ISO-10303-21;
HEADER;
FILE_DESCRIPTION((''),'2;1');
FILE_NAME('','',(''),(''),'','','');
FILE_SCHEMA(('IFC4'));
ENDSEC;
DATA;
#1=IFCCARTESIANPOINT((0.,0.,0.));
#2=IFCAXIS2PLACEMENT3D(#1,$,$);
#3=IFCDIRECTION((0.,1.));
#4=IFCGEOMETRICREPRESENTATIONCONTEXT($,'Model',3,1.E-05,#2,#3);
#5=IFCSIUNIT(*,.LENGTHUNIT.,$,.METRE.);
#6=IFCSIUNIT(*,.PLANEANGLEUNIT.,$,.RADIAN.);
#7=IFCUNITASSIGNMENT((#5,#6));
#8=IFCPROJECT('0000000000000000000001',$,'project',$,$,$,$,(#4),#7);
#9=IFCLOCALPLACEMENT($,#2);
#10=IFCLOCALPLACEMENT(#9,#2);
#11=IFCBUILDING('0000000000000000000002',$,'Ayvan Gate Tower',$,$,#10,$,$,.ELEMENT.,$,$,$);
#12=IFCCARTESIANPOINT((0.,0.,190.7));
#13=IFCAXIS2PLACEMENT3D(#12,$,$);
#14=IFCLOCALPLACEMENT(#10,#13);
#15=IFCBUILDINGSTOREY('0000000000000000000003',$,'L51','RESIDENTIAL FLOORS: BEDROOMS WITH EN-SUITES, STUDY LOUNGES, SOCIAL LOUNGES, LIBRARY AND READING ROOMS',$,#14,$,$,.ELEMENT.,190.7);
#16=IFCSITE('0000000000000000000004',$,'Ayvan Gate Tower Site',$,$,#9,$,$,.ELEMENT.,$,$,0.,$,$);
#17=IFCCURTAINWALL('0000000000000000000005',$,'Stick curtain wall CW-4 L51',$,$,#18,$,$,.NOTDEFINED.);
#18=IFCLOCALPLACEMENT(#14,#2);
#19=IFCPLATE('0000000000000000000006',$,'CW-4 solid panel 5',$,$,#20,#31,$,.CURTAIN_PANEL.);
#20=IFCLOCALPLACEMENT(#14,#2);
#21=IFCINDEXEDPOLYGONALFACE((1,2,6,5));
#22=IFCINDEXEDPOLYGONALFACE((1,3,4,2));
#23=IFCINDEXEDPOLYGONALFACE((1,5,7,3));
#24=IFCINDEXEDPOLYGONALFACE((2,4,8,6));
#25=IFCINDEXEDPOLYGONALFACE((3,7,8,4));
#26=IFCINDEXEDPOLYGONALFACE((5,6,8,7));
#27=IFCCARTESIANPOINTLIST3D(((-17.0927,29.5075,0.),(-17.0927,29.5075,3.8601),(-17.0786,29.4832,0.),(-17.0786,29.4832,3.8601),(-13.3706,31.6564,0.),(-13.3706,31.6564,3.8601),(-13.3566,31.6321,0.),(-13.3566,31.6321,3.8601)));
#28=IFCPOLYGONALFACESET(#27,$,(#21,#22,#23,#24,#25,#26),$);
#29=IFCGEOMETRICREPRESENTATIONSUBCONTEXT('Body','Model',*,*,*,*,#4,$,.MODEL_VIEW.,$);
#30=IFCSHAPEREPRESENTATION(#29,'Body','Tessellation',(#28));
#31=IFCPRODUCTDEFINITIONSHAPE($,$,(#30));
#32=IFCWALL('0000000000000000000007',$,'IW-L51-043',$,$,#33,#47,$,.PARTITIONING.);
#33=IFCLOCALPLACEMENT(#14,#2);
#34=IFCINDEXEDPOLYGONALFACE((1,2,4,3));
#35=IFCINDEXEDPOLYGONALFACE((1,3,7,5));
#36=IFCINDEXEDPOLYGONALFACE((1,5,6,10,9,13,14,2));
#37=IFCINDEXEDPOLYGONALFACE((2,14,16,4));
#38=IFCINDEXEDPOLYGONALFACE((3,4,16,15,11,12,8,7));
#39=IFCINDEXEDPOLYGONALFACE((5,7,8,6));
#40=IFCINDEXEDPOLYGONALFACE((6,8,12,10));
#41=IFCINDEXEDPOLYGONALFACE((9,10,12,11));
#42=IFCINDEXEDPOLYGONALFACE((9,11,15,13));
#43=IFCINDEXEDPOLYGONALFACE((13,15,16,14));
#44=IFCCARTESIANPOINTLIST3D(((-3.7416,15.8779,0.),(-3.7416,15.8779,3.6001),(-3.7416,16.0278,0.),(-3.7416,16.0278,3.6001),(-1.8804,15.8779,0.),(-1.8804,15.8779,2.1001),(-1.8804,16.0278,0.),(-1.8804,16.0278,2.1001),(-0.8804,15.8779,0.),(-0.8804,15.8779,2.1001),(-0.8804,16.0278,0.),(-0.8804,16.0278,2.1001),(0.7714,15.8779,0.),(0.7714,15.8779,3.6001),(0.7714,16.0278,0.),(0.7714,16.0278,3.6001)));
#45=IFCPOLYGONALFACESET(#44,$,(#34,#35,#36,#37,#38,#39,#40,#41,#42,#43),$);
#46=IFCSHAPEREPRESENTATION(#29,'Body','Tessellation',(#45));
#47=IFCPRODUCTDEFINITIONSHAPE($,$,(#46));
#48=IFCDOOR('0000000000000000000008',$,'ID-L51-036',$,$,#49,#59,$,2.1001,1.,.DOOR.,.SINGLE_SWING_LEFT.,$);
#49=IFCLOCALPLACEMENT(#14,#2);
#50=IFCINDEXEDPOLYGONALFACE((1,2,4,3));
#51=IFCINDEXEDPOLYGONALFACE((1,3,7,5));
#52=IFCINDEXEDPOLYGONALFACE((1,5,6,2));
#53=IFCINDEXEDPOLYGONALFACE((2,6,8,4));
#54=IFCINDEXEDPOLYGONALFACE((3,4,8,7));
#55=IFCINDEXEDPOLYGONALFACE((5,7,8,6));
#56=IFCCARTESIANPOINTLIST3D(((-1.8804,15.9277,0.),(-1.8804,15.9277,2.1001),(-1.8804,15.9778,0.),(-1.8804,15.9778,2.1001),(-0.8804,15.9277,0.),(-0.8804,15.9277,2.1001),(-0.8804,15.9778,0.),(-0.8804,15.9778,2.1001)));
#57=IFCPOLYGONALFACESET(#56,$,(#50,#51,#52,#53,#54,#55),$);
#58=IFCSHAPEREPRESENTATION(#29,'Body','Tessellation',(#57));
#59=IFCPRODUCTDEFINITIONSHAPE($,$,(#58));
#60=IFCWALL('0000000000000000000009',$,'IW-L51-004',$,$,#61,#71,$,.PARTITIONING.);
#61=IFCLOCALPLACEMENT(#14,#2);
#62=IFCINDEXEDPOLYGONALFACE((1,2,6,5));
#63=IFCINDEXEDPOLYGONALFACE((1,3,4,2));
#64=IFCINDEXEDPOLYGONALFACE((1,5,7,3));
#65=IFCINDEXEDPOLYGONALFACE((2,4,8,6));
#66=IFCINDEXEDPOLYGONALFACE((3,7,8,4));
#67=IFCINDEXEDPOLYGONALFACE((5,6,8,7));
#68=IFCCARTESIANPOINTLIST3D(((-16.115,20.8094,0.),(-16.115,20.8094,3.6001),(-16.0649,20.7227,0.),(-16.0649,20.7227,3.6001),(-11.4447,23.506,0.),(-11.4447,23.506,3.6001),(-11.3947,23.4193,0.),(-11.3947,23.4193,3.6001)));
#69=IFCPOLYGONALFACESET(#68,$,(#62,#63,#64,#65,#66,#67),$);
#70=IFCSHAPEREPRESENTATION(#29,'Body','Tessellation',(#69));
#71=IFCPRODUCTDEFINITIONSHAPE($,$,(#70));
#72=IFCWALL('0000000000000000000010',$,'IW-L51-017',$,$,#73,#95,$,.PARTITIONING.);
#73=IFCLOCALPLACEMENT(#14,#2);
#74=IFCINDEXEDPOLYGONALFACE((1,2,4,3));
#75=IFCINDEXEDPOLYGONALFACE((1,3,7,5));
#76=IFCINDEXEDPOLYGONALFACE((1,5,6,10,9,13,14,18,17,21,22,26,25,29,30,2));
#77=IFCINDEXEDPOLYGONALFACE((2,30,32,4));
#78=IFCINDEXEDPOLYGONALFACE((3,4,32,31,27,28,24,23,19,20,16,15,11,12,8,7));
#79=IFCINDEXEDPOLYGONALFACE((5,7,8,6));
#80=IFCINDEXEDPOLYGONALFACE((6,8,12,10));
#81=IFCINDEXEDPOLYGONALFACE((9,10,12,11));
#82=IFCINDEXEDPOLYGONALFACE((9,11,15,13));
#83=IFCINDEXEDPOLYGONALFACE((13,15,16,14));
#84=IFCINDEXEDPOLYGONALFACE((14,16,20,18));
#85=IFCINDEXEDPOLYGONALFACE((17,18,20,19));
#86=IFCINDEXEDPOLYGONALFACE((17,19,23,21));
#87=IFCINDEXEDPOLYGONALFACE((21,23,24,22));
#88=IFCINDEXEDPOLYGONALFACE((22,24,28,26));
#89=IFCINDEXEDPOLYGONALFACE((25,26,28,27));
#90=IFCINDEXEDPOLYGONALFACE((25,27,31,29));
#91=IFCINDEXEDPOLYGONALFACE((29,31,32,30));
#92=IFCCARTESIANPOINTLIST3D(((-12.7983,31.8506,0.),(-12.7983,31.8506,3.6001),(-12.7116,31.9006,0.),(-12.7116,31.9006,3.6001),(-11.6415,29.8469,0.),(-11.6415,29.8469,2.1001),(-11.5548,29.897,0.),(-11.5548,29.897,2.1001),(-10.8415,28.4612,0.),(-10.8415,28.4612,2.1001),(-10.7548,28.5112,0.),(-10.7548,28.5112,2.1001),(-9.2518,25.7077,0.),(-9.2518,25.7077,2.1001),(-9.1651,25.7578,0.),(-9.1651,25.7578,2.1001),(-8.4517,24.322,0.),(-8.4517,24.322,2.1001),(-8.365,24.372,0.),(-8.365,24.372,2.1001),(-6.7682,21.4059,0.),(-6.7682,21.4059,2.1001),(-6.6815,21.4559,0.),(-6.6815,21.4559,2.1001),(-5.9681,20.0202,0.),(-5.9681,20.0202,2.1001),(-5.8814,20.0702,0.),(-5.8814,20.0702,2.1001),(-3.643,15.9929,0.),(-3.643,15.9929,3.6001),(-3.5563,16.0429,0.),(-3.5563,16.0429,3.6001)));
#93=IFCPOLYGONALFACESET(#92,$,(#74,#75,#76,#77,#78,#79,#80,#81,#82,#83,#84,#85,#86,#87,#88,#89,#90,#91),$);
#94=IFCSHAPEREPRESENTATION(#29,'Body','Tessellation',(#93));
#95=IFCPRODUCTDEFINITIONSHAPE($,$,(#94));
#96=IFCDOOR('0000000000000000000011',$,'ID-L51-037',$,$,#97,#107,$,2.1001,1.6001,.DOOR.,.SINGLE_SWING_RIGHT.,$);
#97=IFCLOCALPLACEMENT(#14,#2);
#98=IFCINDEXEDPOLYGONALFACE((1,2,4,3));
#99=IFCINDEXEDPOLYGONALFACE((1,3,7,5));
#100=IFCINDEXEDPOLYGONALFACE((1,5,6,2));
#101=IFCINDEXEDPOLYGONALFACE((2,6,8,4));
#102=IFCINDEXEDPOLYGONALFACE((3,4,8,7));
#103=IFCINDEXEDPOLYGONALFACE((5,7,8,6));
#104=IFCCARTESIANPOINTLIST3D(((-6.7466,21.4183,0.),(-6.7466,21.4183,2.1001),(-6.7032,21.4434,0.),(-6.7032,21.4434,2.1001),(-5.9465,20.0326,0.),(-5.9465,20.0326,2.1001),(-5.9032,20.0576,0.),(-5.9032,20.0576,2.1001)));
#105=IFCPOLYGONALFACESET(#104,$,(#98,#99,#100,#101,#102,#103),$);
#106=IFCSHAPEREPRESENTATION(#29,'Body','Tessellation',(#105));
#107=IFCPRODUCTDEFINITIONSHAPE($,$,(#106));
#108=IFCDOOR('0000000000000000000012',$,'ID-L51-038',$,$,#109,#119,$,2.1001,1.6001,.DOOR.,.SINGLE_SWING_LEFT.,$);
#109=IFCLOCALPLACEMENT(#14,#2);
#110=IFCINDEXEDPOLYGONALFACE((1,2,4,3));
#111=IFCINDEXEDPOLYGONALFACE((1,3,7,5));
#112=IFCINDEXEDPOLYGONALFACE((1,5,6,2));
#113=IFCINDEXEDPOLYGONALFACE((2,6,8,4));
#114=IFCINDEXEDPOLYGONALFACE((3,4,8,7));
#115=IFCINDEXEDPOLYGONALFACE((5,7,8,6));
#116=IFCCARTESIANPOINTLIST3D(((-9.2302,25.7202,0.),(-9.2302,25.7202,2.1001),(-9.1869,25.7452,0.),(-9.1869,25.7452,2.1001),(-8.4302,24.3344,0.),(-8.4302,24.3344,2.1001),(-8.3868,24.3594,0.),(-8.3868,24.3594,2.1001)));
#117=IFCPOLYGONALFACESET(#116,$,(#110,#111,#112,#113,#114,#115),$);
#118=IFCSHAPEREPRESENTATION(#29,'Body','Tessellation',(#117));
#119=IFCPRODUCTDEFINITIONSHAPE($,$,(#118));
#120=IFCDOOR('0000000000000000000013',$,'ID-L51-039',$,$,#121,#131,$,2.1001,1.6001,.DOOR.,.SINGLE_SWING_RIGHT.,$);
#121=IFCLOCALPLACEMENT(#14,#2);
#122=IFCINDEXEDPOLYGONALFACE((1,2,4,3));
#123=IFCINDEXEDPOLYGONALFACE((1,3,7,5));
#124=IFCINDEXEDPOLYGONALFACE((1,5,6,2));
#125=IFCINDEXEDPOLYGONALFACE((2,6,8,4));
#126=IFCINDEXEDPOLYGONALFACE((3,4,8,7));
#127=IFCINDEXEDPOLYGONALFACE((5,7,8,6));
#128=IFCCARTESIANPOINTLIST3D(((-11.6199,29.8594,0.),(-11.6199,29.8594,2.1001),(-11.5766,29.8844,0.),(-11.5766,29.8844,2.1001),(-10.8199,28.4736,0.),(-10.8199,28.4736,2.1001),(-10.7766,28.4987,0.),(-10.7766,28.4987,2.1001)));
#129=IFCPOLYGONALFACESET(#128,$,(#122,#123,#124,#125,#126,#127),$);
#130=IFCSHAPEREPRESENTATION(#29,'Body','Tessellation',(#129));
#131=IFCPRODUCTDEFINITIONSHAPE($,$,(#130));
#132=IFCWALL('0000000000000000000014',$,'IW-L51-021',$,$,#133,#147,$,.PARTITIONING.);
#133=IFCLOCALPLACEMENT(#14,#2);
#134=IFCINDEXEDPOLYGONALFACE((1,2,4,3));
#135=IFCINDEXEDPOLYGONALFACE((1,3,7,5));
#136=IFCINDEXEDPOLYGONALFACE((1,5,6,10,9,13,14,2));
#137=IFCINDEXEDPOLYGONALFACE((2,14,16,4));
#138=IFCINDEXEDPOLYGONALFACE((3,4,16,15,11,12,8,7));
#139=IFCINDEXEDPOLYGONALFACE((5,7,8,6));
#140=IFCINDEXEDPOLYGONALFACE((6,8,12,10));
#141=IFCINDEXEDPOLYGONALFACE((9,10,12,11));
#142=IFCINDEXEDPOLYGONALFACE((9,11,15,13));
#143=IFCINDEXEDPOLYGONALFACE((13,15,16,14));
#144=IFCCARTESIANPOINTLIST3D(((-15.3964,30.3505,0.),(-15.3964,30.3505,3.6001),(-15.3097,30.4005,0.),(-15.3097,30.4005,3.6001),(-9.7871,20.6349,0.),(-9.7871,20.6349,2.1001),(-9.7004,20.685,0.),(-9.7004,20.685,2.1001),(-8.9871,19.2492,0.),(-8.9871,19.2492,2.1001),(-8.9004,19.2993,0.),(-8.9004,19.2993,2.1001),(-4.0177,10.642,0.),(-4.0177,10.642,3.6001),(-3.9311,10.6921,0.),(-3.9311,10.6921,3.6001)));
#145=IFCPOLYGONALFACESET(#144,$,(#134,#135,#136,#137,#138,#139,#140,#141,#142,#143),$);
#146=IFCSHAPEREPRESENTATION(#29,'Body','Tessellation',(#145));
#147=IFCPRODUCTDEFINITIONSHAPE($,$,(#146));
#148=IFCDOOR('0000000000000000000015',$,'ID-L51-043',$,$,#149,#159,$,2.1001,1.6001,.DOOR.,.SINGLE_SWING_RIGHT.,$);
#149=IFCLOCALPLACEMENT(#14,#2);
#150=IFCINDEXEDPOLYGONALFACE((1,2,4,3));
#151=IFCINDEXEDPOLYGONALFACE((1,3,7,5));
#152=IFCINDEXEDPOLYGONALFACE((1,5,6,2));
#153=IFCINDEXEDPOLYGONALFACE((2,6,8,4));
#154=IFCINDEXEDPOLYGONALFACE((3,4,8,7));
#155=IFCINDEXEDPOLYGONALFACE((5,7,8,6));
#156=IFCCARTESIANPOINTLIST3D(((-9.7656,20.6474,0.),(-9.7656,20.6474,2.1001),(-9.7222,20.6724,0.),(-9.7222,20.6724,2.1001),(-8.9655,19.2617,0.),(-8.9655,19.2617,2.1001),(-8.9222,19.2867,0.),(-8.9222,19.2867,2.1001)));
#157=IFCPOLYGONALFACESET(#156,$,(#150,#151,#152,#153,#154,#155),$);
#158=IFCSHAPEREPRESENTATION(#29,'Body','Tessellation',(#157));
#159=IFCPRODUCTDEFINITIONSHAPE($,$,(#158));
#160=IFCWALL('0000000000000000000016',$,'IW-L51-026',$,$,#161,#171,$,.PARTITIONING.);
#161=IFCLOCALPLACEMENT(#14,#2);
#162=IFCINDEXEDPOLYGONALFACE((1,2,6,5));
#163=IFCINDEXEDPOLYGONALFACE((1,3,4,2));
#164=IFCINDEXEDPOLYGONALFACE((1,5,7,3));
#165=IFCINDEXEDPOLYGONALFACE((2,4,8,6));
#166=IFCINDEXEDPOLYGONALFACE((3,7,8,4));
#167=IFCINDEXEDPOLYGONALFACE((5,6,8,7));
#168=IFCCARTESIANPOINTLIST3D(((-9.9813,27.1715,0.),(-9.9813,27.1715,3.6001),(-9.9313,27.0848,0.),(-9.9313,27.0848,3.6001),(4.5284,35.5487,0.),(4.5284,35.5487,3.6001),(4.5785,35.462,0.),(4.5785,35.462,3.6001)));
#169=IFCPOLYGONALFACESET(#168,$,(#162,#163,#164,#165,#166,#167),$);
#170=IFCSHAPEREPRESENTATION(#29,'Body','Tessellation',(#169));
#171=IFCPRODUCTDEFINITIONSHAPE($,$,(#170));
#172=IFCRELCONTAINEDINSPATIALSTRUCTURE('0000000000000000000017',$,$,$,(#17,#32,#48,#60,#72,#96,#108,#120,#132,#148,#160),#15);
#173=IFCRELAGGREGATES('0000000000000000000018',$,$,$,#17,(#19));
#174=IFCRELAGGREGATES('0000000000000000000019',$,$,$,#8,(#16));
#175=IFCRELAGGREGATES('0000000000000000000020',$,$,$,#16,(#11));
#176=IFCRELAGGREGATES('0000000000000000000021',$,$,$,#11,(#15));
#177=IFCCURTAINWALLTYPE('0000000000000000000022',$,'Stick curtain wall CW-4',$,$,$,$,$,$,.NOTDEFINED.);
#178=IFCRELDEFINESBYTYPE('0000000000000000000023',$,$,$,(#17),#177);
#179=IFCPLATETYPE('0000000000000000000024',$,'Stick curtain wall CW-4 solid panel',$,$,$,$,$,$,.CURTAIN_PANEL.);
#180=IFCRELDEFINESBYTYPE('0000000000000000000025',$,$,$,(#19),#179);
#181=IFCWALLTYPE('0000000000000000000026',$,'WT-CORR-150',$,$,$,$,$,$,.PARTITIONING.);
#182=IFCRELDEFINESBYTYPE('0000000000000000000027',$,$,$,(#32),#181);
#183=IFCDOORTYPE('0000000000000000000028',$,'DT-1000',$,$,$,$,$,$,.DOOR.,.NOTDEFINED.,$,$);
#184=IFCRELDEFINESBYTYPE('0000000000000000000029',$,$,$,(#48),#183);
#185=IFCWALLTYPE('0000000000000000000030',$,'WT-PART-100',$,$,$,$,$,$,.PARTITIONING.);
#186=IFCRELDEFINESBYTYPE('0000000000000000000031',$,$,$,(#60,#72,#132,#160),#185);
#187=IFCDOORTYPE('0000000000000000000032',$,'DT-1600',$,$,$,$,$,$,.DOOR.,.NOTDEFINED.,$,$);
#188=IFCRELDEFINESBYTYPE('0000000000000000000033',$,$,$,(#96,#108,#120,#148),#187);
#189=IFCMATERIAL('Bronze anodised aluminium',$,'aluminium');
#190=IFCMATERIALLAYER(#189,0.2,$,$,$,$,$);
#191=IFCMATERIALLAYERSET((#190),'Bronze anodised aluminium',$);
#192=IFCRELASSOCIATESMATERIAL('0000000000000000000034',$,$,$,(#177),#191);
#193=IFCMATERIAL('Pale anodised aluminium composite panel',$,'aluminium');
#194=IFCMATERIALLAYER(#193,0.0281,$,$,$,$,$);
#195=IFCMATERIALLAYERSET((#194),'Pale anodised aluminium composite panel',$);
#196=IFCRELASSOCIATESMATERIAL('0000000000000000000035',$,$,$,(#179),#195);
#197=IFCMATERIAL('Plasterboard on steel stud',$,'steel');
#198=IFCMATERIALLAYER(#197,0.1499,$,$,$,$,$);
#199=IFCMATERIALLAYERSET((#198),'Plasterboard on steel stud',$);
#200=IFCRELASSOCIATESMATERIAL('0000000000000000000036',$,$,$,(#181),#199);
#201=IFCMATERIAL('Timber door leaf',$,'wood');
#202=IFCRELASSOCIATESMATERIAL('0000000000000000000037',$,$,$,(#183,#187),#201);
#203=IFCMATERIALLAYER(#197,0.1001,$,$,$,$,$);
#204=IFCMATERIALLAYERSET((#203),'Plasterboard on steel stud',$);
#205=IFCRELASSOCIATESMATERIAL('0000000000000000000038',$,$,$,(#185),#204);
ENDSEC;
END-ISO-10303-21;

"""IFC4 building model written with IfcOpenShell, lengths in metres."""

from ifc_helpers import new_model, si_unit, direction, frame, frame_2d, origin, origin_2d, place, context, subcontext, project, spatial, rectangle, extrude, material, layer, layer_set, type_object, element, fill, aggregate, save


model = new_model("IFC4")

# Units and contexts
model_context = context("Model", 3, precision=1e-05, world=origin(), true_north=direction((0.0, 1.0)))
body_context = subcontext(model_context, "Body", "Model", "MODEL_VIEW")
ifc_project = project(units=[si_unit("LENGTHUNIT", "METRE"), si_unit("PLANEANGLEUNIT", "RADIAN")], contexts=[model_context])

# Site, building, storey
site_placement = place(None, origin())
site = spatial("IfcSite", under=ifc_project, at=site_placement, Name="Ayvan Gate Tower Site", CompositionType="ELEMENT", RefElevation=0.0)
building_placement = place(site_placement, origin())
building = spatial("IfcBuilding", under=site, at=building_placement, Name="Ayvan Gate Tower", CompositionType="ELEMENT")
storey_placement = place(building_placement, frame((0.0, 0.0, 190.7)))
storey = spatial("IfcBuildingStorey", under=building, at=storey_placement, Name="L51", Description="RESIDENTIAL FLOORS: BEDROOMS WITH EN-SUITES, STUDY LOUNGES, SOCIAL LOUNGES, LIBRARY AND READING ROOMS", CompositionType="ELEMENT", Elevation=190.7)

# Curtain wall, plate
ifc_material_1 = material(Name="Bronze anodised aluminium", Category="aluminium")
ifc_layer_1 = layer(ifc_material_1, 0.2)
ifc_layer_set_1 = layer_set([ifc_layer_1], Name="Bronze anodised aluminium")
curtain_wall_type = type_object("IfcCurtainWallType", Name="Stick curtain wall CW-4", PredefinedType="NOTDEFINED", material=ifc_layer_set_1)
curtain_wall_placement = place(storey_placement, origin())
curtain_wall = element("IfcCurtainWall", 1, at=curtain_wall_placement, inside=storey, type_object=curtain_wall_type, Name="Stick curtain wall CW-4 L51", PredefinedType="NOTDEFINED")
ifc_material_2 = material(Name="Pale anodised aluminium composite panel", Category="aluminium")
ifc_layer_2 = layer(ifc_material_2, 0.0281)
ifc_layer_set_2 = layer_set([ifc_layer_2], Name="Pale anodised aluminium composite panel")
plate_type = type_object("IfcPlateType", Name="Stick curtain wall CW-4 solid panel", PredefinedType="CURTAIN_PANEL", material=ifc_layer_set_2)
plate_1_placement = place(storey_placement, frame((-15.2246, 30.5698, 0.0), z_axis=(0.0, 0.0, 1.0), x_axis=(-0.866025, -0.5, 0.0)))
plate_1 = element("IfcPlate", 2, at=plate_1_placement, type_object=plate_type, Name="CW-4 solid panel 5", PredefinedType="CURTAIN_PANEL", context=body_context, shape_type="SweptSolid", body=[
    extrude(rectangle(XDim=4.2979, YDim=0.0281, at=origin_2d()), origin(), (0.0, 0.0, 1.0), 3.8601),
])
aggregate(curtain_wall, [plate_1])

# Wall, opening, door
ifc_material_3 = material(Name="Plasterboard on steel stud", Category="steel")
ifc_layer_3 = layer(ifc_material_3, 0.1499)
ifc_layer_set_3 = layer_set([ifc_layer_3], Name="Plasterboard on steel stud")
wall_type_1 = type_object("IfcWallType", Name="WT-CORR-150", PredefinedType="PARTITIONING", material=ifc_layer_set_3)
wall_1_placement = place(storey_placement, frame((-3.7415, 15.9529, 0.0), z_axis=(0.0, 0.0, 1.0), x_axis=(1.0, 0.0, 0.0)))
wall_1 = element("IfcWall", 3, at=wall_1_placement, inside=storey, type_object=wall_type_1, Name="IW-L51-043", PredefinedType="PARTITIONING", context=body_context, shape_type="SweptSolid", body=[
    extrude(rectangle(XDim=4.5129, YDim=0.1499, at=frame_2d((2.2563, 0.0))), origin(), (0.0, 0.0, 1.0), 3.6001),
])
opening_1_placement = place(wall_1_placement, frame((1.8611, 0.0, 0.0)))
opening_1 = element("IfcOpeningElement", 4, at=opening_1_placement, cuts=wall_1, PredefinedType="OPENING", context=body_context, shape_type="SweptSolid", body=[
    extrude(rectangle(XDim=1.0, YDim=2.1001, at=frame_2d((0.5, 1.05))), frame((0.0, 0.085, 0.0), z_axis=(0.0, -1.0, 0.0), x_axis=(1.0, 0.0, 0.0)), (0.0, 0.0, 1.0), 0.1699),
])
ifc_material_4 = material(Name="Timber door leaf", Category="wood")
door_type_1 = type_object("IfcDoorType", Name="DT-1000", OperationType="NOTDEFINED", PredefinedType="DOOR", material=ifc_material_4)
door_1_placement = place(opening_1_placement, origin())
door_1 = element("IfcDoor", 5, at=door_1_placement, inside=storey, type_object=door_type_1, Name="ID-L51-036", OperationType="SINGLE_SWING_LEFT", OverallHeight=2.1001, OverallWidth=1.0, PredefinedType="DOOR", context=body_context, shape_type="SweptSolid", body=[
    extrude(rectangle(XDim=1.0, YDim=2.1001, at=frame_2d((0.5, 1.05))), frame((0.0, 0.0249, 0.0), z_axis=(0.0, -1.0, 0.0), x_axis=(1.0, 0.0, 0.0)), (0.0, 0.0, 1.0), 0.05),
])
fill(opening_1, door_1)

# Wall
ifc_layer_4 = layer(ifc_material_3, 0.1001)
ifc_layer_set_4 = layer_set([ifc_layer_4], Name="Plasterboard on steel stud")
wall_type_2 = type_object("IfcWallType", Name="WT-PART-100", PredefinedType="PARTITIONING", material=ifc_layer_set_4)
wall_2_placement = place(storey_placement, frame((-16.0898, 20.7661, 0.0), z_axis=(0.0, 0.0, 1.0), x_axis=(0.866008, 0.500029, 0.0)))
element("IfcWall", 6, at=wall_2_placement, inside=storey, type_object=wall_type_2, Name="IW-L51-004", PredefinedType="PARTITIONING", context=body_context, shape_type="SweptSolid", body=[
    extrude(rectangle(XDim=5.3928, YDim=0.1001, at=frame_2d((2.6963, 0.0))), origin(), (0.0, 0.0, 1.0), 3.6001),
])

# Wall, openings, doors
wall_3_placement = place(storey_placement, frame((-12.7549, 31.8755, 0.0), z_axis=(0.0, 0.0, 1.0), x_axis=(0.499994, -0.866029, 0.0)))
wall_3 = element("IfcWall", 7, at=wall_3_placement, inside=storey, type_object=wall_type_2, Name="IW-L51-017", PredefinedType="PARTITIONING", context=body_context, shape_type="SweptSolid", body=[
    extrude(rectangle(XDim=18.3108, YDim=0.1001, at=frame_2d((9.1553, 0.0))), origin(), (0.0, 0.0, 1.0), 3.6001),
])
opening_2_placement = place(wall_3_placement, frame((12.0603, 0.0, 0.0)))
opening_2 = element("IfcOpeningElement", 8, at=opening_2_placement, cuts=wall_3, PredefinedType="OPENING", context=body_context, shape_type="SweptSolid", body=[
    extrude(rectangle(XDim=1.6001, YDim=2.1001, at=frame_2d((0.8, 1.05))), frame((0.0, 0.0601, 0.0), z_axis=(0.0, -1.0, 0.0), x_axis=(1.0, 0.0, 0.0)), (0.0, 0.0, 1.0), 0.1201),
])
opening_3_placement = place(wall_3_placement, frame((7.093, 0.0, 0.0)))
opening_3 = element("IfcOpeningElement", 9, at=opening_3_placement, cuts=wall_3, PredefinedType="OPENING", context=body_context, shape_type="SweptSolid", body=[
    extrude(rectangle(XDim=1.6001, YDim=2.1001, at=frame_2d((0.8, 1.05))), frame((0.0, 0.0601, 0.0), z_axis=(0.0, -1.0, 0.0), x_axis=(1.0, 0.0, 0.0)), (0.0, 0.0, 1.0), 0.1201),
])
opening_4_placement = place(wall_3_placement, frame((2.3135, 0.0, 0.0)))
opening_4 = element("IfcOpeningElement", 10, at=opening_4_placement, cuts=wall_3, PredefinedType="OPENING", context=body_context, shape_type="SweptSolid", body=[
    extrude(rectangle(XDim=1.6001, YDim=2.1001, at=frame_2d((0.8, 1.05))), frame((0.0, 0.0601, 0.0), z_axis=(0.0, -1.0, 0.0), x_axis=(1.0, 0.0, 0.0)), (0.0, 0.0, 1.0), 0.1201),
])
door_type_2 = type_object("IfcDoorType", Name="DT-1600", OperationType="NOTDEFINED", PredefinedType="DOOR", material=ifc_material_4)
door_2_placement = place(opening_2_placement, origin())
door_2 = element("IfcDoor", 11, at=door_2_placement, inside=storey, type_object=door_type_2, Name="ID-L51-037", OperationType="SINGLE_SWING_RIGHT", OverallHeight=2.1001, OverallWidth=1.6001, PredefinedType="DOOR", context=body_context, shape_type="SweptSolid", body=[
    extrude(rectangle(XDim=1.6001, YDim=2.1001, at=frame_2d((0.8, 1.05))), frame((0.0, 0.0249, 0.0), z_axis=(0.0, -1.0, 0.0), x_axis=(1.0, 0.0, 0.0)), (0.0, 0.0, 1.0), 0.05),
])
fill(opening_2, door_2)
door_3_placement = place(opening_3_placement, origin())
door_3 = element("IfcDoor", 12, at=door_3_placement, inside=storey, type_object=door_type_2, Name="ID-L51-038", OperationType="SINGLE_SWING_LEFT", OverallHeight=2.1001, OverallWidth=1.6001, PredefinedType="DOOR", context=body_context, shape_type="SweptSolid", body=[
    extrude(rectangle(XDim=1.6001, YDim=2.1001, at=frame_2d((0.8, 1.05))), frame((0.0, 0.0249, 0.0), z_axis=(0.0, -1.0, 0.0), x_axis=(1.0, 0.0, 0.0)), (0.0, 0.0, 1.0), 0.05),
])
fill(opening_3, door_3)
door_4_placement = place(opening_4_placement, origin())
door_4 = element("IfcDoor", 13, at=door_4_placement, inside=storey, type_object=door_type_2, Name="ID-L51-039", OperationType="SINGLE_SWING_RIGHT", OverallHeight=2.1001, OverallWidth=1.6001, PredefinedType="DOOR", context=body_context, shape_type="SweptSolid", body=[
    extrude(rectangle(XDim=1.6001, YDim=2.1001, at=frame_2d((0.8, 1.05))), frame((0.0, 0.0249, 0.0), z_axis=(0.0, -1.0, 0.0), x_axis=(1.0, 0.0, 0.0)), (0.0, 0.0, 1.0), 0.05),
])
fill(opening_4, door_4)

# Wall, opening, door
wall_4_placement = place(storey_placement, frame((-15.353, 30.3755, 0.0), z_axis=(0.0, 0.0, 1.0), x_axis=(0.499999, -0.866026, 0.0)))
wall_4 = element("IfcWall", 14, at=wall_4_placement, inside=storey, type_object=wall_type_2, Name="IW-L51-021", PredefinedType="PARTITIONING", context=body_context, shape_type="SweptSolid", body=[
    extrude(rectangle(XDim=22.7573, YDim=0.1001, at=frame_2d((11.3787, 0.0))), origin(), (0.0, 0.0, 1.0), 3.6001),
])
opening_5_placement = place(wall_4_placement, frame((11.2185, 0.0, 0.0)))
opening_5 = element("IfcOpeningElement", 15, at=opening_5_placement, cuts=wall_4, PredefinedType="OPENING", context=body_context, shape_type="SweptSolid", body=[
    extrude(rectangle(XDim=1.6001, YDim=2.1001, at=frame_2d((0.8, 1.05))), frame((0.0, 0.0601, 0.0), z_axis=(0.0, -1.0, 0.0), x_axis=(1.0, 0.0, 0.0)), (0.0, 0.0, 1.0), 0.1201),
])
door_5_placement = place(opening_5_placement, origin())
door_5 = element("IfcDoor", 16, at=door_5_placement, inside=storey, type_object=door_type_2, Name="ID-L51-043", OperationType="SINGLE_SWING_RIGHT", OverallHeight=2.1001, OverallWidth=1.6001, PredefinedType="DOOR", context=body_context, shape_type="SweptSolid", body=[
    extrude(rectangle(XDim=1.6001, YDim=2.1001, at=frame_2d((0.8, 1.05))), frame((0.0, 0.0249, 0.0), z_axis=(0.0, -1.0, 0.0), x_axis=(1.0, 0.0, 0.0)), (0.0, 0.0, 1.0), 0.05),
])
fill(opening_5, door_5)

# Wall
for number, where, z_axis, x_axis, name in (
    (17, (-9.9563, 27.1282, 0.0), (0.0, 0.0, 1.0), (0.866026, 0.499999, 0.0), "IW-L51-026"),
):
    element("IfcWall", number, at=place(storey_placement, frame(where, z_axis=z_axis, x_axis=x_axis)), inside=storey, type_object=wall_type_2, Name=name, PredefinedType="PARTITIONING", context=body_context, shape_type="SweptSolid", body=[
        extrude(rectangle(XDim=16.7544, YDim=0.1001, at=frame_2d((8.3772, 0.0))), origin(), (0.0, 0.0, 1.0), 3.6001),
    ])

save(model, "model.ifc")
